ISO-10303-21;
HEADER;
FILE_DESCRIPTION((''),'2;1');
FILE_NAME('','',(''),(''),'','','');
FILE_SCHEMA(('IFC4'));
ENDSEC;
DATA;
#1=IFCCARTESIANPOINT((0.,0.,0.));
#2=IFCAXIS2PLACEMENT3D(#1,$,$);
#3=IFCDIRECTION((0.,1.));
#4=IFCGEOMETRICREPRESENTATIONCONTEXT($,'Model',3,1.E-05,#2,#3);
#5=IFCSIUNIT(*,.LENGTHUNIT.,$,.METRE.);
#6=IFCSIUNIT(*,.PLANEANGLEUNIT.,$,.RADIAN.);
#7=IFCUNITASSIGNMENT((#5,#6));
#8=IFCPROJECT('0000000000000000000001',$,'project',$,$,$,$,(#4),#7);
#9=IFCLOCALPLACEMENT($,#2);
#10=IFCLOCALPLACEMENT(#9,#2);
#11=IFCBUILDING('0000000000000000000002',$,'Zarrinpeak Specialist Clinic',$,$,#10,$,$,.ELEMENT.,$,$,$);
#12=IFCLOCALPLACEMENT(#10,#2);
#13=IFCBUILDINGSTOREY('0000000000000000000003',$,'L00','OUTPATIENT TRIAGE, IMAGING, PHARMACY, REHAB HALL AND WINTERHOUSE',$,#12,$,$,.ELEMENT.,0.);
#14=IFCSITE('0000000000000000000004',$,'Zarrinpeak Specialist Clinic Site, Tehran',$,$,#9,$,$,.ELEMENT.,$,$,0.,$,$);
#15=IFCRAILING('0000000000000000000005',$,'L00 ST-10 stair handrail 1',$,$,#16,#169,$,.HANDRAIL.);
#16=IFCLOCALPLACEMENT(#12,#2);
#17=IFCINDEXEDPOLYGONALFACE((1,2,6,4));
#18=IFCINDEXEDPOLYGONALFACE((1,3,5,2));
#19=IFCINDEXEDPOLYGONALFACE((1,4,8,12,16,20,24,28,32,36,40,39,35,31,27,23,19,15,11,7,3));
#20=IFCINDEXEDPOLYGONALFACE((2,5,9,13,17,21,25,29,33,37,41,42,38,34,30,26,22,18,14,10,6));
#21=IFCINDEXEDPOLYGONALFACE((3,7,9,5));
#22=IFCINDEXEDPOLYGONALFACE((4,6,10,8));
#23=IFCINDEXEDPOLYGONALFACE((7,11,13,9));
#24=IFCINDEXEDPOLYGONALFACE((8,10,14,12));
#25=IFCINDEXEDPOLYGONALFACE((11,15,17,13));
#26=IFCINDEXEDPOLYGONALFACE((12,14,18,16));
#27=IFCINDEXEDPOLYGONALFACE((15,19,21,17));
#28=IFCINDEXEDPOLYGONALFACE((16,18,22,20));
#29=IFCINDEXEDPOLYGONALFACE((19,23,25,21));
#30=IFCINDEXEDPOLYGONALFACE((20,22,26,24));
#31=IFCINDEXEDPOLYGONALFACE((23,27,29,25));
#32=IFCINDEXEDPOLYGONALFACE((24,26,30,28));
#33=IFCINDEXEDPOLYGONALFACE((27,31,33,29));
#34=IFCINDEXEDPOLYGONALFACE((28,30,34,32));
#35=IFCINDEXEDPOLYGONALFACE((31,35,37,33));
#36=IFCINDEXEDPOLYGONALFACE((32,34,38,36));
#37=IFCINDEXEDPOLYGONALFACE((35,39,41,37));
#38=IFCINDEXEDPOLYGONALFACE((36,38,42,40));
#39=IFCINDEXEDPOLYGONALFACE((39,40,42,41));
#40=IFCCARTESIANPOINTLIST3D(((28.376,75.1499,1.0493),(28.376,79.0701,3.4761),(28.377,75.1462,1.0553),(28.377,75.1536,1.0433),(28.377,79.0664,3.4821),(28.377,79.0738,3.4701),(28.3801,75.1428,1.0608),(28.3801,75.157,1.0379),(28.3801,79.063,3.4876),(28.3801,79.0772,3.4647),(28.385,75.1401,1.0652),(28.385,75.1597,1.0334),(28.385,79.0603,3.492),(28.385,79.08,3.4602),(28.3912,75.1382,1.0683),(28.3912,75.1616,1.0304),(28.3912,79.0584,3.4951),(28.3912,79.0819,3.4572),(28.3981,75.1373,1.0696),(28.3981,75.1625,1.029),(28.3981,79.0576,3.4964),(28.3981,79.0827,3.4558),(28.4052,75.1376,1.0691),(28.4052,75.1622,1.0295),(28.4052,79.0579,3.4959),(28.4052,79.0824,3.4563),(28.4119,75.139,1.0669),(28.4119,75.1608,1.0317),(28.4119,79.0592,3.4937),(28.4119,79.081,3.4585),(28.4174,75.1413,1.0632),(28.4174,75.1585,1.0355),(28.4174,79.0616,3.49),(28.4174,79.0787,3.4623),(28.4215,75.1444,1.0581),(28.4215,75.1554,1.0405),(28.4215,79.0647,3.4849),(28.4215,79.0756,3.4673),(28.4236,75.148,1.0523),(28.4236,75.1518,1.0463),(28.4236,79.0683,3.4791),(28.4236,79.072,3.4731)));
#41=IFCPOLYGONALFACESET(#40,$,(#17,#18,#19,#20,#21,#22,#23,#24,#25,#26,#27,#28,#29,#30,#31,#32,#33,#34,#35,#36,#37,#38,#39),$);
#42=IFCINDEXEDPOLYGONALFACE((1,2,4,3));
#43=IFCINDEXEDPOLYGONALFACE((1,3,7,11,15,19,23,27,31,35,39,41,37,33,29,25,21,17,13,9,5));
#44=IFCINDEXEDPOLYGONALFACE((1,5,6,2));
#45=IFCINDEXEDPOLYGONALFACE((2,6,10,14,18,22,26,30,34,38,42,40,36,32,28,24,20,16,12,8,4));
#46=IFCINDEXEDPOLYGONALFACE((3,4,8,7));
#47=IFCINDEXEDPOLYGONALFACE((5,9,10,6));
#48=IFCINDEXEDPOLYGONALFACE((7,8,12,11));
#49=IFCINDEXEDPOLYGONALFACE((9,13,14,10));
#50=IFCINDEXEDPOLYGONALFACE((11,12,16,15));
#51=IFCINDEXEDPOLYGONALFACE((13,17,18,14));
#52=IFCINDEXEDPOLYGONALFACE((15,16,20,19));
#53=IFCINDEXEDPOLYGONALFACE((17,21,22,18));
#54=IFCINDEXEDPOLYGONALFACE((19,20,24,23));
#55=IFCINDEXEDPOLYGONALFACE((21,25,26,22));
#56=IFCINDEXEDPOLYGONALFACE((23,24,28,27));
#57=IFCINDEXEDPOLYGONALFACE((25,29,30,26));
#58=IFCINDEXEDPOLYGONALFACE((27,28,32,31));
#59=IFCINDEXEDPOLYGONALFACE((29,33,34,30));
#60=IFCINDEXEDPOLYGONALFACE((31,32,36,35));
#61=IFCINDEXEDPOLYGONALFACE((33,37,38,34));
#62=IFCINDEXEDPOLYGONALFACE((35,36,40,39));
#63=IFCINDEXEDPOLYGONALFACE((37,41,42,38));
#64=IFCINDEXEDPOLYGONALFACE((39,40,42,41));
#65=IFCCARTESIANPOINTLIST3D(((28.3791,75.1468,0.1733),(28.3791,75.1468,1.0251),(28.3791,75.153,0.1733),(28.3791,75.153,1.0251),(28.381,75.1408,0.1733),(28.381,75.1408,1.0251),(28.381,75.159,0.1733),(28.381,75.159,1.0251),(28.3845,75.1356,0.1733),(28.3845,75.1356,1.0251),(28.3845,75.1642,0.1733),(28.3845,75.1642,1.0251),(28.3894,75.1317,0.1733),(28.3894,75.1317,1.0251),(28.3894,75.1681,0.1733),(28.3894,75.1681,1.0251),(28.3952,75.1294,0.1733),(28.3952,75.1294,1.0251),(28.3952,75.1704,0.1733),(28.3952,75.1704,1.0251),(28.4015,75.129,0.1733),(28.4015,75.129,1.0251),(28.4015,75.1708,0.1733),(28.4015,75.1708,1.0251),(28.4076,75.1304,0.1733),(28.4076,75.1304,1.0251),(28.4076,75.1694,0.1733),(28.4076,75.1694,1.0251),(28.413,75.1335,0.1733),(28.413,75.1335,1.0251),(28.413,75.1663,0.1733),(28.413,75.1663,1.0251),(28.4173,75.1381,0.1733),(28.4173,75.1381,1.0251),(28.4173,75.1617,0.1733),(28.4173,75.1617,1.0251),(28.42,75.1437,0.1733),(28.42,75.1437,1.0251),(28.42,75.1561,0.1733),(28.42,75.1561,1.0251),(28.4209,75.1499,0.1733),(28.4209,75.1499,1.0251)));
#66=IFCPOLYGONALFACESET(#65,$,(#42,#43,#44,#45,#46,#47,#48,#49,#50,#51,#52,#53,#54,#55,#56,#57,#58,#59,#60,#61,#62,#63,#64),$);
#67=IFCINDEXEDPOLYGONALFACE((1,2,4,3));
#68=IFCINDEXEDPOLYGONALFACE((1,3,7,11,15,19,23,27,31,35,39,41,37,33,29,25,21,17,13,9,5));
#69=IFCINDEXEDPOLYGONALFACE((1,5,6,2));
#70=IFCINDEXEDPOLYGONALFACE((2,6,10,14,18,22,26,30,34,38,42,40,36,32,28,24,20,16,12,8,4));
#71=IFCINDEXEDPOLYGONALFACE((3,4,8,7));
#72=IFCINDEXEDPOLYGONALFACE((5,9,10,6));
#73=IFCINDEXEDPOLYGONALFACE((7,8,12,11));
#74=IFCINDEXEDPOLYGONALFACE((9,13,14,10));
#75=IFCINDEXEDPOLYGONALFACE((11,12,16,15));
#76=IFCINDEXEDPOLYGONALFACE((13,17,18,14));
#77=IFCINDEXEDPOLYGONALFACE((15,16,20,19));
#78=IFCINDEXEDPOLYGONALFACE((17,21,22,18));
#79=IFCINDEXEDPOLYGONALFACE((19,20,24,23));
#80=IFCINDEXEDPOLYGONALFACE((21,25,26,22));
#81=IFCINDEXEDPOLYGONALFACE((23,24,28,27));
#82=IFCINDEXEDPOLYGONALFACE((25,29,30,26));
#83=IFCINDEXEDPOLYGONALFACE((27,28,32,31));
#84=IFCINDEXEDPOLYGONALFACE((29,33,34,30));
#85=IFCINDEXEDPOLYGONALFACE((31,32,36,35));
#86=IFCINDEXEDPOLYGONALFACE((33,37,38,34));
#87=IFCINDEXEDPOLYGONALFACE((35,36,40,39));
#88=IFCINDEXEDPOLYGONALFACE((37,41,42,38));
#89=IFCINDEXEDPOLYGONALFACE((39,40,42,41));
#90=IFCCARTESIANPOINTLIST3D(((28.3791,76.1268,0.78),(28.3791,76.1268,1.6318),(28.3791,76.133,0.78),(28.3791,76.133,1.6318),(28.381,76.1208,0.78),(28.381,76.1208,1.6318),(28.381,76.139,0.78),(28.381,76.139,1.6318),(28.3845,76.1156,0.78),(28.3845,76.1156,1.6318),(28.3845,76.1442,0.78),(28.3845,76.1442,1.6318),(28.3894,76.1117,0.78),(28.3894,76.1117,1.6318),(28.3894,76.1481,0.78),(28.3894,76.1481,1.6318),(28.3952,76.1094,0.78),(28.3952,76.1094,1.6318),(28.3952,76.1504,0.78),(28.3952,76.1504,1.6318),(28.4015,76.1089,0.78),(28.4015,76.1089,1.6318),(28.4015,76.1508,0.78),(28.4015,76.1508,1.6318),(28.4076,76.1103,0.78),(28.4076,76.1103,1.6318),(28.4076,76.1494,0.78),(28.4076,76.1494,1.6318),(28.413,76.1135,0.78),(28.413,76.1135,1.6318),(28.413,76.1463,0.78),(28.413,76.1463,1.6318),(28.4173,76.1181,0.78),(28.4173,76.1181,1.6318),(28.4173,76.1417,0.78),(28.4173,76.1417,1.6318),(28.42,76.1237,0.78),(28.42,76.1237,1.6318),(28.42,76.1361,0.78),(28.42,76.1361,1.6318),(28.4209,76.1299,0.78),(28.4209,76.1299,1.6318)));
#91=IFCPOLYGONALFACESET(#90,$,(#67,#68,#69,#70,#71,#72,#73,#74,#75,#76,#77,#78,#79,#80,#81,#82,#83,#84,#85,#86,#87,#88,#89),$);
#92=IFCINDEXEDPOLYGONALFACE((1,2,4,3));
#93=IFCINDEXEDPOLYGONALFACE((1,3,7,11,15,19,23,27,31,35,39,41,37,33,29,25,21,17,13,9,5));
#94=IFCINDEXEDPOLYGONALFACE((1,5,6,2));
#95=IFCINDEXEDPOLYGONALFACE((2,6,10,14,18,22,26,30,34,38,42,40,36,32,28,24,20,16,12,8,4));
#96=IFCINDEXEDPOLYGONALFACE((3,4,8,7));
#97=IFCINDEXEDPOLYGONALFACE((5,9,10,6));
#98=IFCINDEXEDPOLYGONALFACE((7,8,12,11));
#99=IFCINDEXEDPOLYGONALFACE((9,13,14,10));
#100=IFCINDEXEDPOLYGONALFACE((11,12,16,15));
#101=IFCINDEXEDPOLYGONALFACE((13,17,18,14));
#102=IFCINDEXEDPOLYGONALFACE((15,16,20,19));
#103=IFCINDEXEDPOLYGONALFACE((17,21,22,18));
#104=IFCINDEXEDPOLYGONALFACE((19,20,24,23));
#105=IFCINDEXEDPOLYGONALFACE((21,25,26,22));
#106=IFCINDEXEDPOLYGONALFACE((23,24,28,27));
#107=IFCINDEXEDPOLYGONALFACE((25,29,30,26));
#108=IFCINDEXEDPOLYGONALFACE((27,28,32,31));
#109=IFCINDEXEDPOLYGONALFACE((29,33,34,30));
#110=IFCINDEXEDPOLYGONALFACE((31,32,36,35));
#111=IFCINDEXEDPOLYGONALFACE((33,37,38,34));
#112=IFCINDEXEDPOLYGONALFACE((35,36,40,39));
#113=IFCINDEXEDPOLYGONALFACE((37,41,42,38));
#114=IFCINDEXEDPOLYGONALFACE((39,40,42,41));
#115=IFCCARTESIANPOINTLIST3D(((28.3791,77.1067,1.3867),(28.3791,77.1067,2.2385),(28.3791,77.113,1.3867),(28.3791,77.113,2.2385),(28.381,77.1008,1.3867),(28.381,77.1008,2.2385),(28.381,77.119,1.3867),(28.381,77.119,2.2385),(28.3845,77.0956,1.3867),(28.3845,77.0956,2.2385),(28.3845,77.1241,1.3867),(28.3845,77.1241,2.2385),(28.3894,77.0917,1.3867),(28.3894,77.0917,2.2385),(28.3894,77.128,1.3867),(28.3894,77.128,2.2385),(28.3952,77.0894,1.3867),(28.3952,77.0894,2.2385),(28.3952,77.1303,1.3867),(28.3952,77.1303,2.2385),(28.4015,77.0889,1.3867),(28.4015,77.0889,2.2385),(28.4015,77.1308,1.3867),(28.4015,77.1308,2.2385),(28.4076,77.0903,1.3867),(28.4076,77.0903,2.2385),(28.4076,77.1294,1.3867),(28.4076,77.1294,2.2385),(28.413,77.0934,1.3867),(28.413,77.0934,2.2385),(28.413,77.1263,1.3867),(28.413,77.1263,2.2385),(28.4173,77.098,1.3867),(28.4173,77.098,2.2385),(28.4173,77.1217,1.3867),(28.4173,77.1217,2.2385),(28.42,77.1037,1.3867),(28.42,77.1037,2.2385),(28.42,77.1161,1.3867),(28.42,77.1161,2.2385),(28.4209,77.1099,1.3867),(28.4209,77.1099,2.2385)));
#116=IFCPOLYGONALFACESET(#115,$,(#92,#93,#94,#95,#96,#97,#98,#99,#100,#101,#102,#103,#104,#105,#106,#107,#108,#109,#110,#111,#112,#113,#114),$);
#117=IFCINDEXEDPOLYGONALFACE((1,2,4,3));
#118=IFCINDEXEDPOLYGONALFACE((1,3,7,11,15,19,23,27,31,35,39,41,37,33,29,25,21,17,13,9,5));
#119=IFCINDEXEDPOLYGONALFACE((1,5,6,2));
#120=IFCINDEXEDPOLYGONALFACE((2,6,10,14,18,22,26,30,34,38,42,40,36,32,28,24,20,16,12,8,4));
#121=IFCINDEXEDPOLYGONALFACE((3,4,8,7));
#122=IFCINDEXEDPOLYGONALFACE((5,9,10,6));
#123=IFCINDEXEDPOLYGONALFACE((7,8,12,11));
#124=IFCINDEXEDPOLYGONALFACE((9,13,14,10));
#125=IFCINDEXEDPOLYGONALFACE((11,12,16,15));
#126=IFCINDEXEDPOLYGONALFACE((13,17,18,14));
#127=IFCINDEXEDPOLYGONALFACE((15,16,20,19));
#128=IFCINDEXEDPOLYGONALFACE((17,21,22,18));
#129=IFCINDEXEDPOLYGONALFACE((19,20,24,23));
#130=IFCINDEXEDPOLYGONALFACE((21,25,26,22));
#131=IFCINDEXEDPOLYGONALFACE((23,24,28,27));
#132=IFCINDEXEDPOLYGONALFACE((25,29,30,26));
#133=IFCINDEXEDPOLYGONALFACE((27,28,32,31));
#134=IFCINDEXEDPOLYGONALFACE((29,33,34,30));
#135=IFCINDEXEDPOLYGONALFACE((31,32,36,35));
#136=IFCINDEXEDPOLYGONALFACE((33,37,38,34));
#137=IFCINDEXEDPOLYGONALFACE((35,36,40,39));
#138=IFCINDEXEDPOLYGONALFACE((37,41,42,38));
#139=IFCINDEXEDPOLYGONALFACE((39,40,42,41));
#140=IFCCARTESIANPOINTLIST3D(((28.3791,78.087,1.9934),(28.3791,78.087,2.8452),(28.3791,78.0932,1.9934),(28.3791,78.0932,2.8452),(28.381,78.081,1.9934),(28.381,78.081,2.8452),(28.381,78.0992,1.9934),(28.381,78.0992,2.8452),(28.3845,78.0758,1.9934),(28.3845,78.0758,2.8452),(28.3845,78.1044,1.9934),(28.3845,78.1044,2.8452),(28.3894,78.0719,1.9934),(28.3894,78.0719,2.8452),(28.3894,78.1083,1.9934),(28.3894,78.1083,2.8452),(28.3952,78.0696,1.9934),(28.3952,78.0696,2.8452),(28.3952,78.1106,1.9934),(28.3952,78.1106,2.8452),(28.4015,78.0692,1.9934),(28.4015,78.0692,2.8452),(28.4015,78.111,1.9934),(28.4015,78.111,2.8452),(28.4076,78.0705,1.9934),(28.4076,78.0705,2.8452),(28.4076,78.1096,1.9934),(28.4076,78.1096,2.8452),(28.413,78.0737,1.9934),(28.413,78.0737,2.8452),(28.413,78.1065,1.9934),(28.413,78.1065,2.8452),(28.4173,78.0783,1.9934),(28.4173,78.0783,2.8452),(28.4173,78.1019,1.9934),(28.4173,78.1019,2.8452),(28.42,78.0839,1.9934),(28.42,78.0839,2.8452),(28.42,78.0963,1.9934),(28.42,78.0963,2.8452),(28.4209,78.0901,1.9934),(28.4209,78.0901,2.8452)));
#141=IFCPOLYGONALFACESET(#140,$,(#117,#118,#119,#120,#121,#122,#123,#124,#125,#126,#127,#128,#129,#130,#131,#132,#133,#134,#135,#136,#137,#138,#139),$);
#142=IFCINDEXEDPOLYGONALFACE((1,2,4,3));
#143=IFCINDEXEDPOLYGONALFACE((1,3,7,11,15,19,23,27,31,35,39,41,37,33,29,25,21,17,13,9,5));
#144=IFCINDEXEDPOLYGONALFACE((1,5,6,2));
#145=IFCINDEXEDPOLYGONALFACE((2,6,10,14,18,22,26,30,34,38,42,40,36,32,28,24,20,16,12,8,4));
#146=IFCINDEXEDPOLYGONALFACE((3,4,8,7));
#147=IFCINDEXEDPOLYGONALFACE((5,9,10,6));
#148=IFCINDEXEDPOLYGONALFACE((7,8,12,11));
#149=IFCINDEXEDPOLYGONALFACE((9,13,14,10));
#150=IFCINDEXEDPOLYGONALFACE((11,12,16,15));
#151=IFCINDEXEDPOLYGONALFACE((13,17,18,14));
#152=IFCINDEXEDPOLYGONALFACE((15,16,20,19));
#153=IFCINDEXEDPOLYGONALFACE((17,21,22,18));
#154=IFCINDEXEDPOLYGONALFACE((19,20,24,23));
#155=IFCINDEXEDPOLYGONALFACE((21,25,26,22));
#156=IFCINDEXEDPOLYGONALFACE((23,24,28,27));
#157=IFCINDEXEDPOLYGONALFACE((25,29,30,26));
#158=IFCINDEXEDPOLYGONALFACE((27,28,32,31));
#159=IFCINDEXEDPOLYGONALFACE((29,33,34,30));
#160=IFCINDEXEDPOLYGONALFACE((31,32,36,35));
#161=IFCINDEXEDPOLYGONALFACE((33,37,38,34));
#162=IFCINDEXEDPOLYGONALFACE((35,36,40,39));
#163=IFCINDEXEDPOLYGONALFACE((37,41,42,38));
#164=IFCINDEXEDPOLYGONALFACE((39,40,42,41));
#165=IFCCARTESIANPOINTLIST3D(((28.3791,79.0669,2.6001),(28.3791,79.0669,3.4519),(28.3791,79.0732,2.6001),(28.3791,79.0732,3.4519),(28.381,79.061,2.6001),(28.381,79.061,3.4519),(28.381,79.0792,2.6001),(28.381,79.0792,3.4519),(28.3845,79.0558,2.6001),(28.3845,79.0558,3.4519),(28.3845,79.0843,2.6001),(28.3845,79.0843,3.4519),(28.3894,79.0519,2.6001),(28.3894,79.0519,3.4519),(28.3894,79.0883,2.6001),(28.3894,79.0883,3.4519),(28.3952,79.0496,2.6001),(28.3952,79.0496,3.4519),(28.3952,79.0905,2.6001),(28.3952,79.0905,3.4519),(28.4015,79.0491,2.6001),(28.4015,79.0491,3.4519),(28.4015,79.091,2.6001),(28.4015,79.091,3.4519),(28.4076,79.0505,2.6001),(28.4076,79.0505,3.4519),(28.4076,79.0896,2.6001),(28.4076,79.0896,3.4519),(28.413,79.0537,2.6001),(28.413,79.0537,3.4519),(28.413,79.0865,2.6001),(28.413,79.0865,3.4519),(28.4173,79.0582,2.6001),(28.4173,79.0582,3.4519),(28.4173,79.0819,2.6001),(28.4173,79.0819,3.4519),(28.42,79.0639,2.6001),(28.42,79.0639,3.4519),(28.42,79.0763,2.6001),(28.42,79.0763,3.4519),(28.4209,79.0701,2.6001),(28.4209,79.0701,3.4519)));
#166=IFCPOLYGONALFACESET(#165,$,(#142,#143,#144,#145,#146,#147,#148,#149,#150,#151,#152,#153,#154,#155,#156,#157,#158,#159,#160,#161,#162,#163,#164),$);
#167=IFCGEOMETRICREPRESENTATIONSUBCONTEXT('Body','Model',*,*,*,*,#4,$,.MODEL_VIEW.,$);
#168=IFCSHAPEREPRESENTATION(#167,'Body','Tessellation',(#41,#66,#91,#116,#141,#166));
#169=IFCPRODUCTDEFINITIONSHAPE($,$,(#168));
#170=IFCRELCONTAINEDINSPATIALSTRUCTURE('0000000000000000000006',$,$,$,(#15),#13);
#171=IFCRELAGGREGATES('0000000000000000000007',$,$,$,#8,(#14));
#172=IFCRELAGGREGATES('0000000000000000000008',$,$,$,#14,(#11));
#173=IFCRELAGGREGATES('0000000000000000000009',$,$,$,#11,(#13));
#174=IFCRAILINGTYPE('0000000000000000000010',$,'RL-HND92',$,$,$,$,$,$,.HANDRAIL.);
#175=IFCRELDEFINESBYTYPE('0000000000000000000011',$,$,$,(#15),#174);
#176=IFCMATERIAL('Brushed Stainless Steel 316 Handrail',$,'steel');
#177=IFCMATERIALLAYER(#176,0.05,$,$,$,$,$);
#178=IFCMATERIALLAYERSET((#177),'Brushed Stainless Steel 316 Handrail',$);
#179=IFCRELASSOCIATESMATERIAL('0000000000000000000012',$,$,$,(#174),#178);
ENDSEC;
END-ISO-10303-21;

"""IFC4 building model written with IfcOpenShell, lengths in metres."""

from ifc_helpers import new_model, si_unit, direction, frame, origin, origin_2d, place, context, subcontext, project, spatial, circle, extrude, material, layer, layer_set, type_object, element, save


model = new_model("IFC4")

# Units and contexts
model_context = context("Model", 3, precision=1e-05, world=origin(), true_north=direction((0.0, 1.0)))
body_context = subcontext(model_context, "Body", "Model", "MODEL_VIEW")
ifc_project = project(units=[si_unit("LENGTHUNIT", "METRE"), si_unit("PLANEANGLEUNIT", "RADIAN")], contexts=[model_context])

# Site, building, storey
site_placement = place(None, origin())
site = spatial("IfcSite", under=ifc_project, at=site_placement, Name="Zarrinpeak Specialist Clinic Site, Tehran", CompositionType="ELEMENT", RefElevation=0.0)
building_placement = place(site_placement, origin())
building = spatial("IfcBuilding", under=site, at=building_placement, Name="Zarrinpeak Specialist Clinic", CompositionType="ELEMENT")
storey_placement = place(building_placement, origin())
storey = spatial("IfcBuildingStorey", under=building, at=storey_placement, Name="L00", Description="OUTPATIENT TRIAGE, IMAGING, PHARMACY, REHAB HALL AND WINTERHOUSE", CompositionType="ELEMENT", Elevation=0.0)

# Railing
ifc_material_1 = material(Name="Brushed Stainless Steel 316 Handrail", Category="steel")
ifc_layer_1 = layer(ifc_material_1, 0.05)
ifc_layer_set_1 = layer_set([ifc_layer_1], Name="Brushed Stainless Steel 316 Handrail")
railing_type_1 = type_object("IfcRailingType", Name="RL-HND92", PredefinedType="HANDRAIL", material=ifc_layer_set_1)
railing_1_placement = place(storey_placement, frame((28.3999, 75.1499, 0.1733)))
element("IfcRailing", 1, at=railing_1_placement, inside=storey, type_object=railing_type_1, Name="L00 ST-10 stair handrail 1", PredefinedType="HANDRAIL", context=body_context, shape_type="SweptSolid", body=[
    extrude(circle(Radius=0.0239, at=origin_2d()), frame((0.0, 0.0, 0.876), z_axis=(0.0, 0.850266, 0.526353), x_axis=(-1.0, 0.0, 0.0)), (0.0, 0.0, 1.0), 4.6106),
    extrude(circle(Radius=0.021, at=origin_2d()), origin(), (0.0, 0.0, 1.0), 0.8518),
    extrude(circle(Radius=0.021, at=origin_2d()), frame((0.0, 0.98, 0.6067)), (0.0, 0.0, 1.0), 0.8518),
    extrude(circle(Radius=0.021, at=origin_2d()), frame((0.0, 1.96, 1.2134)), (0.0, 0.0, 1.0), 0.8518),
    extrude(circle(Radius=0.021, at=origin_2d()), frame((0.0, 2.9402, 1.8201)), (0.0, 0.0, 1.0), 0.8518),
    extrude(circle(Radius=0.021, at=origin_2d()), frame((0.0, 3.9202, 2.4268)), (0.0, 0.0, 1.0), 0.8518),
])

save(model, "model.ifc")
